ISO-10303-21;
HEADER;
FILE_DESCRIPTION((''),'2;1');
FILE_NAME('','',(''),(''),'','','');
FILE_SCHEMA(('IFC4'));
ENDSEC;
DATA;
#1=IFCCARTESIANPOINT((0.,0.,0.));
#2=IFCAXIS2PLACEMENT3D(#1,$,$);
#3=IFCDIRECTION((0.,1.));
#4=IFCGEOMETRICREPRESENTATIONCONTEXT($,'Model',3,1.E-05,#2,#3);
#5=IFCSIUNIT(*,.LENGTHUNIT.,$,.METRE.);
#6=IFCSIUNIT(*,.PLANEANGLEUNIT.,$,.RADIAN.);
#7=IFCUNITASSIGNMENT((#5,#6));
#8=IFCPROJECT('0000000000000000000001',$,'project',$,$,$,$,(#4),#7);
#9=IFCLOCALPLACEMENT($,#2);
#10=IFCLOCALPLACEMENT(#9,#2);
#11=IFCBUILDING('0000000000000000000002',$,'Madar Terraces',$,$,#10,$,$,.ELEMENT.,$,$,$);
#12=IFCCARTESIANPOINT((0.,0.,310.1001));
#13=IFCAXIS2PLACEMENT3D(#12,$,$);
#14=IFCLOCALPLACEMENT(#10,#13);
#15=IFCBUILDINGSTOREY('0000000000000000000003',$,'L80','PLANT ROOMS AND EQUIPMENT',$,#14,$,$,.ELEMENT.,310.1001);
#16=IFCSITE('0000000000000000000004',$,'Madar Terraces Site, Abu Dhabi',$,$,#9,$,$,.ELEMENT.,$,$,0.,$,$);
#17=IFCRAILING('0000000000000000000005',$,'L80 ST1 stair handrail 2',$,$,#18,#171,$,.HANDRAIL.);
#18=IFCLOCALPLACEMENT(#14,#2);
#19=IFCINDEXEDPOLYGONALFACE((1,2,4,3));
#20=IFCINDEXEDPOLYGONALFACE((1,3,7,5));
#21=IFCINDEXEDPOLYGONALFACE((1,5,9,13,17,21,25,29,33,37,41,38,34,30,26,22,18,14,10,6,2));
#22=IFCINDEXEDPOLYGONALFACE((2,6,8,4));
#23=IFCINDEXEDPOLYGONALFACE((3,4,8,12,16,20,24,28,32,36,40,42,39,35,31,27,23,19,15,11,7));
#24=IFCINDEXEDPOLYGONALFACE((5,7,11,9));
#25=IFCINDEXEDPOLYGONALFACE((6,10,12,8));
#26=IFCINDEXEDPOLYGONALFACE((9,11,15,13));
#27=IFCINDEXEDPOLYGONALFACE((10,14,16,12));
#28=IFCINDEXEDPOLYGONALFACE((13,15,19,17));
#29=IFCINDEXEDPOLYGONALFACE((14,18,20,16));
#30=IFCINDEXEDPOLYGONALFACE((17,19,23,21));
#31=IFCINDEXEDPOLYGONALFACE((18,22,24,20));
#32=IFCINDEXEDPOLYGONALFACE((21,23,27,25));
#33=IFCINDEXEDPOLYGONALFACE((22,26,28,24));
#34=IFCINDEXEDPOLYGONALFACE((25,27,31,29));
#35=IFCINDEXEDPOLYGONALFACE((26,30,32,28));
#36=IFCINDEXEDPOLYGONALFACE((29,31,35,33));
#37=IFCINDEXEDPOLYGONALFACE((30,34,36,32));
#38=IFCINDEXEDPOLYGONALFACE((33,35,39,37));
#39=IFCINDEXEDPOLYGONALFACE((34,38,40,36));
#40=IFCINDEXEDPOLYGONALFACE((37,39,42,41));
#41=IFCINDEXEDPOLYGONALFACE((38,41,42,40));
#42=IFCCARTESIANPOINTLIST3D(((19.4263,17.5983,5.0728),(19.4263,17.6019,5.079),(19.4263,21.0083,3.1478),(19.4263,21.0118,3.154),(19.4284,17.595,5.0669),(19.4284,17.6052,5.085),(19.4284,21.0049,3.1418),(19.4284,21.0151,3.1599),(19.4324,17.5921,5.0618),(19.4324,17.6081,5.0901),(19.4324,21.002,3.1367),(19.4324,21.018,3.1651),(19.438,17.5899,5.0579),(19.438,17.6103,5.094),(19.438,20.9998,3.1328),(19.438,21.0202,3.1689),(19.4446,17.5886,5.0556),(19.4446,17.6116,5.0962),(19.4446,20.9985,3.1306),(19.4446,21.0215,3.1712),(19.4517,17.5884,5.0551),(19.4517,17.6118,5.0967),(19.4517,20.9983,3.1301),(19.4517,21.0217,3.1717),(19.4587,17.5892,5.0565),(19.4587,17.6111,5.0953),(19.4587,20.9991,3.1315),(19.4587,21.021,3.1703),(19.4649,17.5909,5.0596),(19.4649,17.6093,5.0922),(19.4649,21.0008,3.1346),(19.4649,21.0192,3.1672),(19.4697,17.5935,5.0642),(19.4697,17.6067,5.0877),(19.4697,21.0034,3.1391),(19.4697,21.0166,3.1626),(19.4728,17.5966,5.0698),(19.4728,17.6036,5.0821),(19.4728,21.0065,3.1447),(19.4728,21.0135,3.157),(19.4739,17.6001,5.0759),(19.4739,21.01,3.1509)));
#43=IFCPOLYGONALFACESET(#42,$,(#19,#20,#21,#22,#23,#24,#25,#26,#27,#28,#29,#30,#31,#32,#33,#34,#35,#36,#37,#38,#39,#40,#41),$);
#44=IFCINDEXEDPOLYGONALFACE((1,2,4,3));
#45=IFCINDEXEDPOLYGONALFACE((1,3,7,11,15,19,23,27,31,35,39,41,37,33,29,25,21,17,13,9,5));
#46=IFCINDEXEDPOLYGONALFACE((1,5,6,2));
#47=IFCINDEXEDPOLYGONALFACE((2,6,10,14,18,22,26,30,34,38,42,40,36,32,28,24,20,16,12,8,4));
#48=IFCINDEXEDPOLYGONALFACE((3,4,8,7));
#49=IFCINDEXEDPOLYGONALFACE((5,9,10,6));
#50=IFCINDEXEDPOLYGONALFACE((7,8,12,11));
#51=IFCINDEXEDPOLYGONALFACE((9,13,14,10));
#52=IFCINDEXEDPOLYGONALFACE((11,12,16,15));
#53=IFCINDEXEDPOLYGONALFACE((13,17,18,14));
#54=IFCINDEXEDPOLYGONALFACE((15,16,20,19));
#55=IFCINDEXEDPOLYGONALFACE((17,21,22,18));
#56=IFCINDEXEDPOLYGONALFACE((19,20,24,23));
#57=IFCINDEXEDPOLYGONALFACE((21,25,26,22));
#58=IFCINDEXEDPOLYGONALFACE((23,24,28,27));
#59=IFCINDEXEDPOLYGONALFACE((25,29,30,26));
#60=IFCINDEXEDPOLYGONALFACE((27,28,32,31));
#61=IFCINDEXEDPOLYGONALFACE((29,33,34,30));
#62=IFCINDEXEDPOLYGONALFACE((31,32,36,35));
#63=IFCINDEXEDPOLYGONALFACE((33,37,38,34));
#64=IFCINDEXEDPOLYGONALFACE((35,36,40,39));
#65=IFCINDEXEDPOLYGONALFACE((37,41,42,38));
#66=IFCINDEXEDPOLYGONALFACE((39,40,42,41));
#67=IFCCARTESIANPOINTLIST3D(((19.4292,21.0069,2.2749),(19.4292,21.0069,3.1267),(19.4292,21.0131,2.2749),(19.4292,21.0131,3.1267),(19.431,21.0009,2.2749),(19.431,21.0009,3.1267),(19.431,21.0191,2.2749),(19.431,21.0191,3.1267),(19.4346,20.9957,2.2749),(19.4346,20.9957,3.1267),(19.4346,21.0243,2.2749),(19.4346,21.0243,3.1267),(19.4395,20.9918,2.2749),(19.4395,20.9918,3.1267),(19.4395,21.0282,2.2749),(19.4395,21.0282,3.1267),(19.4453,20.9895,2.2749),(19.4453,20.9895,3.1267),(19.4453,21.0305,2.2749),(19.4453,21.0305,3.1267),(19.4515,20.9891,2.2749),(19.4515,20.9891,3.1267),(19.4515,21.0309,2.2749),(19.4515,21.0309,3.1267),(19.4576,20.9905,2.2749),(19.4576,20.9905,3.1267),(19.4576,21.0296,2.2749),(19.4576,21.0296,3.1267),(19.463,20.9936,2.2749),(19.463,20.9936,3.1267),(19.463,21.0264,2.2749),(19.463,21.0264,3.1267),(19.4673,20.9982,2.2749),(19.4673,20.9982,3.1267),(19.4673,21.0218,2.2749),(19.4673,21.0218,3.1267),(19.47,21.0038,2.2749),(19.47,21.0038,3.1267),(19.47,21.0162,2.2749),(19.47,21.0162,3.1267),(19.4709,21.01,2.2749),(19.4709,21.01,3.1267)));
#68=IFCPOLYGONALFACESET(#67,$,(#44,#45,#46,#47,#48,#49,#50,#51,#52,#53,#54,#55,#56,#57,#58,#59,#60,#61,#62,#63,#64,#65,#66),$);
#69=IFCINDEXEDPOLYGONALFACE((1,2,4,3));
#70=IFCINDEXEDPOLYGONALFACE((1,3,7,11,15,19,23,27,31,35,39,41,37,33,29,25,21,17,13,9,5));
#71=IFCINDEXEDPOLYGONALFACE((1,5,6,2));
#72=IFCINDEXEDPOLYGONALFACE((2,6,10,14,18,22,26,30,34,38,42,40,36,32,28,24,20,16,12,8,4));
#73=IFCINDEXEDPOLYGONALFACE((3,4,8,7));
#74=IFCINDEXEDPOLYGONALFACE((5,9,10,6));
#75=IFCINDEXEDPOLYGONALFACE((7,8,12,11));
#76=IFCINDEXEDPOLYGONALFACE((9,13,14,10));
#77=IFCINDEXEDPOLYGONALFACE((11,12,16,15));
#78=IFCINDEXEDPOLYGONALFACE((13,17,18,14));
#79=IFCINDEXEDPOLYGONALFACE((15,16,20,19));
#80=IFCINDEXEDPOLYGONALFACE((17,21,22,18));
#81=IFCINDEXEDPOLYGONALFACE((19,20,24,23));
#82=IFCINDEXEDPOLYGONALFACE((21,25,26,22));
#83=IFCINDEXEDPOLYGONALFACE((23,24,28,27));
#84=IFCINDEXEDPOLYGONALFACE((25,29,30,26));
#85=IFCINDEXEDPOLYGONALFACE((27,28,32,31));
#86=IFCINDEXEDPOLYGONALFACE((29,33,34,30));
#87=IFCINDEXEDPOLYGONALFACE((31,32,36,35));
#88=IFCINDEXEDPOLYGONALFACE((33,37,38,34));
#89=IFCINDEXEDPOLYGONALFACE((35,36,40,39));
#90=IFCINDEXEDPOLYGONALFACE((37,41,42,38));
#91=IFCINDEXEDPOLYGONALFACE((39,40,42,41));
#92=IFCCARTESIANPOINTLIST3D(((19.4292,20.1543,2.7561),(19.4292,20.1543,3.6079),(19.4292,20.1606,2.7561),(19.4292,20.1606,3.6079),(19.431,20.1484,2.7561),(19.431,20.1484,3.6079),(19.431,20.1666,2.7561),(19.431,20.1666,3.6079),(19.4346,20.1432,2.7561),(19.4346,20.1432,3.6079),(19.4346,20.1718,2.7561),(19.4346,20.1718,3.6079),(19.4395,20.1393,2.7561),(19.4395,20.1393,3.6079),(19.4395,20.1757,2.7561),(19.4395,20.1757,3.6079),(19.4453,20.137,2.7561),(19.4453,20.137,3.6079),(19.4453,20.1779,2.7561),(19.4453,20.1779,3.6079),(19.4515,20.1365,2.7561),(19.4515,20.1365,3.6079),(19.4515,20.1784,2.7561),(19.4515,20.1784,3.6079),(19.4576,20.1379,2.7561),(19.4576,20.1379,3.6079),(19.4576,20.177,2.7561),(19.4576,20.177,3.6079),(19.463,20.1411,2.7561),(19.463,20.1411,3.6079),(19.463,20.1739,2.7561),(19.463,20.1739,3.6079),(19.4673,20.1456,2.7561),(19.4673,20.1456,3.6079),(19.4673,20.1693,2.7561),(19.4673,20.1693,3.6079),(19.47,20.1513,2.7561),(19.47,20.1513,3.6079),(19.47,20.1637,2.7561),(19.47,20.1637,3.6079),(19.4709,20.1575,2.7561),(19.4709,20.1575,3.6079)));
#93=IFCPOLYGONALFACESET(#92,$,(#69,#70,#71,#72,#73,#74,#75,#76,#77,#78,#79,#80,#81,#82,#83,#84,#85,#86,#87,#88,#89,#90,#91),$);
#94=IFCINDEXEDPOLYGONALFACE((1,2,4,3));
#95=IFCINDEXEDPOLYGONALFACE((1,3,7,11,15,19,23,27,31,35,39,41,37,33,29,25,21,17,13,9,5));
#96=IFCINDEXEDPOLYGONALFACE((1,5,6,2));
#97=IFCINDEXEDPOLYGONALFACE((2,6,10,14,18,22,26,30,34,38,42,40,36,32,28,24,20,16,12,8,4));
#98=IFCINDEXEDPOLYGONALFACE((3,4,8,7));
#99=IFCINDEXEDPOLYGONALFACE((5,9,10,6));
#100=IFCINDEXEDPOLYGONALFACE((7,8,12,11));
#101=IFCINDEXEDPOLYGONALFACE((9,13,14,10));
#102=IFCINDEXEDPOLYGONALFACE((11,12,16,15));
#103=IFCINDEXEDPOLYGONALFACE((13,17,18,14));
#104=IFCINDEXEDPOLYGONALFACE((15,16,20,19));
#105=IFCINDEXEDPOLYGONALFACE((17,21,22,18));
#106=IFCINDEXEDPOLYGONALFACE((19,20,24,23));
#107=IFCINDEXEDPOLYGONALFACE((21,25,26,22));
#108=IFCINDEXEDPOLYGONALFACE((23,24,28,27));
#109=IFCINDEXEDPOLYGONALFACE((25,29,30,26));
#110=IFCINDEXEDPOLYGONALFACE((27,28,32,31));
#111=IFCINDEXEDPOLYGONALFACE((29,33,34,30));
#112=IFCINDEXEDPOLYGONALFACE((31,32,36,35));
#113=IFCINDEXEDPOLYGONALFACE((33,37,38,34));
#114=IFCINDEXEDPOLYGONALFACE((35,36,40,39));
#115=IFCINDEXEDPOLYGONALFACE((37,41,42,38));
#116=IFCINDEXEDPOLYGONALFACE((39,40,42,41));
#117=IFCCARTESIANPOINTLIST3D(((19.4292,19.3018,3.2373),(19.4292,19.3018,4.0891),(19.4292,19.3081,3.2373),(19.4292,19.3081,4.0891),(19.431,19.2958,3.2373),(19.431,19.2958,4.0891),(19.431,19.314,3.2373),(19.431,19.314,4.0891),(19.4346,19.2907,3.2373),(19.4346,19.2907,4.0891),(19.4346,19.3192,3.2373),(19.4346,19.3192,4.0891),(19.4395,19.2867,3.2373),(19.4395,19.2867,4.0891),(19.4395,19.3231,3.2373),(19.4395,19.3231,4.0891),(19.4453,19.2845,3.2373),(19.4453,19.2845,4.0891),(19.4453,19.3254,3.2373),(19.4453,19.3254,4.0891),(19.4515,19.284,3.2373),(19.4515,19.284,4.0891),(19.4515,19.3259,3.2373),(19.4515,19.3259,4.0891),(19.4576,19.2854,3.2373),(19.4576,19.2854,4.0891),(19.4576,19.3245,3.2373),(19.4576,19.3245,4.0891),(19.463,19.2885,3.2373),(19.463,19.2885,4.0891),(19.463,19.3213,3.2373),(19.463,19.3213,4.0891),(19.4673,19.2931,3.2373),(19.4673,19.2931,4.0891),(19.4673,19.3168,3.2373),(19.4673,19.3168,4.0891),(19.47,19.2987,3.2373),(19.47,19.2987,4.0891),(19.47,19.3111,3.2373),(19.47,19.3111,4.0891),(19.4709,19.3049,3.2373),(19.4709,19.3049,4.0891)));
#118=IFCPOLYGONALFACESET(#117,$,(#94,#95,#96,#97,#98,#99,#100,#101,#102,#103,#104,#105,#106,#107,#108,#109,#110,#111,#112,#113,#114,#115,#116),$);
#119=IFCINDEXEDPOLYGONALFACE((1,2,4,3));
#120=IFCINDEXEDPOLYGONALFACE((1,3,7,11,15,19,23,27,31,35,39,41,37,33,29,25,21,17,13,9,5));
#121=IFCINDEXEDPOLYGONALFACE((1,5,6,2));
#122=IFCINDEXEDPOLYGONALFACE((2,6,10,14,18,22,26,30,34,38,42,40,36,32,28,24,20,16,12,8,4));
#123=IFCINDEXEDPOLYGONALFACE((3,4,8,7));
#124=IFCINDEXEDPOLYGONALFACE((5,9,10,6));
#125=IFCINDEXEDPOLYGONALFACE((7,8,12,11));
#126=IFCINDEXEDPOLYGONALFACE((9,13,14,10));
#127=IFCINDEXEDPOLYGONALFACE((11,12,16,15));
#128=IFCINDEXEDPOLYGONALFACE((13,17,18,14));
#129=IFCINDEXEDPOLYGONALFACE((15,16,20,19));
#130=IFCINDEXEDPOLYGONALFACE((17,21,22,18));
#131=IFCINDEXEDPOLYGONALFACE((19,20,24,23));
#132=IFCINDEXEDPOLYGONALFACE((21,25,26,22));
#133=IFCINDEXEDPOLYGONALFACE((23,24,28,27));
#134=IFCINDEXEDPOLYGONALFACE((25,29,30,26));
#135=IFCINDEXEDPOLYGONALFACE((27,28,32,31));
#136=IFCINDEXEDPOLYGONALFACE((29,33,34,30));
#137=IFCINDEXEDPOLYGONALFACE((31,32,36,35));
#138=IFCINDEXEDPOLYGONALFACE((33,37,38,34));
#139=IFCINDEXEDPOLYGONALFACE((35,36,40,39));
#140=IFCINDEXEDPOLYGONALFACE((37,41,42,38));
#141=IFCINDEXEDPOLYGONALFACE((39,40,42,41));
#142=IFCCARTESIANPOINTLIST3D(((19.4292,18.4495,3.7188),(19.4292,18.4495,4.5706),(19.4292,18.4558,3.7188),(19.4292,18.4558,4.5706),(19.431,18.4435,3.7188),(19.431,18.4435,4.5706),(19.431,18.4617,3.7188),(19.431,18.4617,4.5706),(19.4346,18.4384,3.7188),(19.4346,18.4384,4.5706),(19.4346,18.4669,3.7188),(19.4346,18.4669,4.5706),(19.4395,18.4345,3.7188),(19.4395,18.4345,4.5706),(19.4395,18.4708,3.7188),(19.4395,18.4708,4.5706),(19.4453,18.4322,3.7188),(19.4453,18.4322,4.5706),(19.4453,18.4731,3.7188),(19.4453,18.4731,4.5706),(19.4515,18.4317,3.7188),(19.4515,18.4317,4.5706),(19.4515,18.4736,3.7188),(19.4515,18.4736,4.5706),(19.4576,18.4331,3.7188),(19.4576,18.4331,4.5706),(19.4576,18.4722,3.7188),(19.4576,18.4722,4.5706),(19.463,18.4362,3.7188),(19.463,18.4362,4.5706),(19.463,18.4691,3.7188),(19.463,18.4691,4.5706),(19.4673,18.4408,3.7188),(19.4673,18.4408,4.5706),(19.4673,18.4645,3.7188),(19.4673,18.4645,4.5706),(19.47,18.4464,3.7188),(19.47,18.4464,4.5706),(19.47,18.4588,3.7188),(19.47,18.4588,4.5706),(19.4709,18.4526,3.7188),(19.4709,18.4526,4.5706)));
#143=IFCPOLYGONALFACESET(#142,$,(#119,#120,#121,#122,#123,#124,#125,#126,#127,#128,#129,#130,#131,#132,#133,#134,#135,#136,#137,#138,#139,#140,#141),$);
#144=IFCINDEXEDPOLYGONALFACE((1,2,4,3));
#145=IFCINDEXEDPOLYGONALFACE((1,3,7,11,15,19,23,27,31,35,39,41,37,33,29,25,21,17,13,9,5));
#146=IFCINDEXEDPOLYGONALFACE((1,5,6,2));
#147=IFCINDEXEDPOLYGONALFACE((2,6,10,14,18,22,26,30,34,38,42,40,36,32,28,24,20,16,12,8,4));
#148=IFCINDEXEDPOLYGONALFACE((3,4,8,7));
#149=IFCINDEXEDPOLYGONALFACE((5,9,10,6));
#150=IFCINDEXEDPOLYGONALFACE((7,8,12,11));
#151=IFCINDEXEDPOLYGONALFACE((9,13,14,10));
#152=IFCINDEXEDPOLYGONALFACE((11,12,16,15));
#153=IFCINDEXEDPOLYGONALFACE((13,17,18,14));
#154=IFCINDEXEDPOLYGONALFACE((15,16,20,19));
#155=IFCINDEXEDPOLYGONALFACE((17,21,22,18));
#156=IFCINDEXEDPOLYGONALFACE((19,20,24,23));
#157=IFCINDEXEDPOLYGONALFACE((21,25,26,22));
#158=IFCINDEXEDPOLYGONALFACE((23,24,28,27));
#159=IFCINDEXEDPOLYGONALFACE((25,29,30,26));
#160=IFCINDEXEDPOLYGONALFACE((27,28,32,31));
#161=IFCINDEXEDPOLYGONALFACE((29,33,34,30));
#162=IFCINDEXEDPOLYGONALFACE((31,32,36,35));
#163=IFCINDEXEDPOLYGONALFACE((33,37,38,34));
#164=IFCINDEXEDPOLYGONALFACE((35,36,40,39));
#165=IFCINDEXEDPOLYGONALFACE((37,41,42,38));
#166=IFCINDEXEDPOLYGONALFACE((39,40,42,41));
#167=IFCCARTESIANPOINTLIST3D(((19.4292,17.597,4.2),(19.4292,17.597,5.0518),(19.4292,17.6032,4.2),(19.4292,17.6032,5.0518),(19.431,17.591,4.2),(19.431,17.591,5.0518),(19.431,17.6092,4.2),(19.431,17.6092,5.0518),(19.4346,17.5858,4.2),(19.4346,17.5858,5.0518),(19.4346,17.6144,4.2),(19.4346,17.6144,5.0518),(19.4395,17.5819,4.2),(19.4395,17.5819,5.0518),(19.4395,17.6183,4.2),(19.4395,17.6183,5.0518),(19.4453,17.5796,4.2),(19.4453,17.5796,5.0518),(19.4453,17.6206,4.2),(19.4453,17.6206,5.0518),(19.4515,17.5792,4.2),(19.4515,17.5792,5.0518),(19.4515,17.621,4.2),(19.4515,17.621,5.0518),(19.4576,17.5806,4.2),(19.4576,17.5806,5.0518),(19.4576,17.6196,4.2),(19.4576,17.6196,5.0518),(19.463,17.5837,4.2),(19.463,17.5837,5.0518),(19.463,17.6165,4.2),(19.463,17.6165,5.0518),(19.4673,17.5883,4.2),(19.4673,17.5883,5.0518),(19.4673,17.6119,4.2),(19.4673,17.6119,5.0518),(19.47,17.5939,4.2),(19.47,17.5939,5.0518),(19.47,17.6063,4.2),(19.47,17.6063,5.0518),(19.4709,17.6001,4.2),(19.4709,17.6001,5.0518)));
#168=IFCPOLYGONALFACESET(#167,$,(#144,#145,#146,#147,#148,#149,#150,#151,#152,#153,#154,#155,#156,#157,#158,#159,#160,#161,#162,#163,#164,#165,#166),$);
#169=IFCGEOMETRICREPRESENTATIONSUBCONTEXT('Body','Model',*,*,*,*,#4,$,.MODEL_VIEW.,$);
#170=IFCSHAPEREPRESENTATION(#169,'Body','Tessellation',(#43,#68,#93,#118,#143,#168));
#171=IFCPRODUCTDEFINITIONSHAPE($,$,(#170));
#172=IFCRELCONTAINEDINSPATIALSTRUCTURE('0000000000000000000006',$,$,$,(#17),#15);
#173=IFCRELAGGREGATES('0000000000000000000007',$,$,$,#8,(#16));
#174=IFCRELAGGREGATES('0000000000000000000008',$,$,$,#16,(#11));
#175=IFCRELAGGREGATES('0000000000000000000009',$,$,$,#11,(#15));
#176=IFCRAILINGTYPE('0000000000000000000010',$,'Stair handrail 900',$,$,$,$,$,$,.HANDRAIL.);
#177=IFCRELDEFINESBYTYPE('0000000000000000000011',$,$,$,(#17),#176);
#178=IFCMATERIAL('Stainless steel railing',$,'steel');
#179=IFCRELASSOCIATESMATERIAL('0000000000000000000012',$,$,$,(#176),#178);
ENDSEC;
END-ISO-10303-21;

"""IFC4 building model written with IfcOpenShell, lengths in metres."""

from ifc_helpers import new_model, si_unit, direction, frame, origin, origin_2d, place, context, subcontext, project, spatial, circle, extrude, material, type_object, element, save


model = new_model("IFC4")

# Units and contexts
model_context = context("Model", 3, precision=1e-05, world=origin(), true_north=direction((0.0, 1.0)))
body_context = subcontext(model_context, "Body", "Model", "MODEL_VIEW")
ifc_project = project(units=[si_unit("LENGTHUNIT", "METRE"), si_unit("PLANEANGLEUNIT", "RADIAN")], contexts=[model_context])

# Site, building, storey
site_placement = place(None, origin())
site = spatial("IfcSite", under=ifc_project, at=site_placement, Name="Madar Terraces Site, Abu Dhabi", CompositionType="ELEMENT", RefElevation=0.0)
building_placement = place(site_placement, origin())
building = spatial("IfcBuilding", under=site, at=building_placement, Name="Madar Terraces", CompositionType="ELEMENT")
storey_placement = place(building_placement, frame((0.0, 0.0, 310.1001)))
storey = spatial("IfcBuildingStorey", under=building, at=storey_placement, Name="L80", Description="PLANT ROOMS AND EQUIPMENT", CompositionType="ELEMENT", Elevation=310.1001)

# Railing
ifc_material_1 = material(Name="Stainless steel railing", Category="steel")
railing_type_1 = type_object("IfcRailingType", Name="Stair handrail 900", PredefinedType="HANDRAIL", material=ifc_material_1)
railing_1_placement = place(storey_placement, frame((19.45, 21.01, 2.2749)))
element("IfcRailing", 1, at=railing_1_placement, inside=storey, type_object=railing_type_1, Name="L80 ST1 stair handrail 2", PredefinedType="HANDRAIL", context=body_context, shape_type="SweptSolid", body=[
    extrude(circle(Radius=0.0239, at=origin_2d()), frame((0.0, 0.0, 0.876), z_axis=(0.0, -0.870814, 0.491613), x_axis=(1.0, 0.0, 0.0)), (0.0, 0.0, 1.0), 3.9158),
    extrude(circle(Radius=0.021, at=origin_2d()), origin(), (0.0, 0.0, 1.0), 0.8518),
    extrude(circle(Radius=0.021, at=origin_2d()), frame((0.0, -0.8525, 0.4812)), (0.0, 0.0, 1.0), 0.8518),
    extrude(circle(Radius=0.021, at=origin_2d()), frame((0.0, -1.7051, 0.9624)), (0.0, 0.0, 1.0), 0.8518),
    extrude(circle(Radius=0.021, at=origin_2d()), frame((0.0, -2.5574, 1.4438)), (0.0, 0.0, 1.0), 0.8518),
    extrude(circle(Radius=0.021, at=origin_2d()), frame((0.0, -3.4099, 1.925)), (0.0, 0.0, 1.0), 0.8518),
])

save(model, "model.ifc")
